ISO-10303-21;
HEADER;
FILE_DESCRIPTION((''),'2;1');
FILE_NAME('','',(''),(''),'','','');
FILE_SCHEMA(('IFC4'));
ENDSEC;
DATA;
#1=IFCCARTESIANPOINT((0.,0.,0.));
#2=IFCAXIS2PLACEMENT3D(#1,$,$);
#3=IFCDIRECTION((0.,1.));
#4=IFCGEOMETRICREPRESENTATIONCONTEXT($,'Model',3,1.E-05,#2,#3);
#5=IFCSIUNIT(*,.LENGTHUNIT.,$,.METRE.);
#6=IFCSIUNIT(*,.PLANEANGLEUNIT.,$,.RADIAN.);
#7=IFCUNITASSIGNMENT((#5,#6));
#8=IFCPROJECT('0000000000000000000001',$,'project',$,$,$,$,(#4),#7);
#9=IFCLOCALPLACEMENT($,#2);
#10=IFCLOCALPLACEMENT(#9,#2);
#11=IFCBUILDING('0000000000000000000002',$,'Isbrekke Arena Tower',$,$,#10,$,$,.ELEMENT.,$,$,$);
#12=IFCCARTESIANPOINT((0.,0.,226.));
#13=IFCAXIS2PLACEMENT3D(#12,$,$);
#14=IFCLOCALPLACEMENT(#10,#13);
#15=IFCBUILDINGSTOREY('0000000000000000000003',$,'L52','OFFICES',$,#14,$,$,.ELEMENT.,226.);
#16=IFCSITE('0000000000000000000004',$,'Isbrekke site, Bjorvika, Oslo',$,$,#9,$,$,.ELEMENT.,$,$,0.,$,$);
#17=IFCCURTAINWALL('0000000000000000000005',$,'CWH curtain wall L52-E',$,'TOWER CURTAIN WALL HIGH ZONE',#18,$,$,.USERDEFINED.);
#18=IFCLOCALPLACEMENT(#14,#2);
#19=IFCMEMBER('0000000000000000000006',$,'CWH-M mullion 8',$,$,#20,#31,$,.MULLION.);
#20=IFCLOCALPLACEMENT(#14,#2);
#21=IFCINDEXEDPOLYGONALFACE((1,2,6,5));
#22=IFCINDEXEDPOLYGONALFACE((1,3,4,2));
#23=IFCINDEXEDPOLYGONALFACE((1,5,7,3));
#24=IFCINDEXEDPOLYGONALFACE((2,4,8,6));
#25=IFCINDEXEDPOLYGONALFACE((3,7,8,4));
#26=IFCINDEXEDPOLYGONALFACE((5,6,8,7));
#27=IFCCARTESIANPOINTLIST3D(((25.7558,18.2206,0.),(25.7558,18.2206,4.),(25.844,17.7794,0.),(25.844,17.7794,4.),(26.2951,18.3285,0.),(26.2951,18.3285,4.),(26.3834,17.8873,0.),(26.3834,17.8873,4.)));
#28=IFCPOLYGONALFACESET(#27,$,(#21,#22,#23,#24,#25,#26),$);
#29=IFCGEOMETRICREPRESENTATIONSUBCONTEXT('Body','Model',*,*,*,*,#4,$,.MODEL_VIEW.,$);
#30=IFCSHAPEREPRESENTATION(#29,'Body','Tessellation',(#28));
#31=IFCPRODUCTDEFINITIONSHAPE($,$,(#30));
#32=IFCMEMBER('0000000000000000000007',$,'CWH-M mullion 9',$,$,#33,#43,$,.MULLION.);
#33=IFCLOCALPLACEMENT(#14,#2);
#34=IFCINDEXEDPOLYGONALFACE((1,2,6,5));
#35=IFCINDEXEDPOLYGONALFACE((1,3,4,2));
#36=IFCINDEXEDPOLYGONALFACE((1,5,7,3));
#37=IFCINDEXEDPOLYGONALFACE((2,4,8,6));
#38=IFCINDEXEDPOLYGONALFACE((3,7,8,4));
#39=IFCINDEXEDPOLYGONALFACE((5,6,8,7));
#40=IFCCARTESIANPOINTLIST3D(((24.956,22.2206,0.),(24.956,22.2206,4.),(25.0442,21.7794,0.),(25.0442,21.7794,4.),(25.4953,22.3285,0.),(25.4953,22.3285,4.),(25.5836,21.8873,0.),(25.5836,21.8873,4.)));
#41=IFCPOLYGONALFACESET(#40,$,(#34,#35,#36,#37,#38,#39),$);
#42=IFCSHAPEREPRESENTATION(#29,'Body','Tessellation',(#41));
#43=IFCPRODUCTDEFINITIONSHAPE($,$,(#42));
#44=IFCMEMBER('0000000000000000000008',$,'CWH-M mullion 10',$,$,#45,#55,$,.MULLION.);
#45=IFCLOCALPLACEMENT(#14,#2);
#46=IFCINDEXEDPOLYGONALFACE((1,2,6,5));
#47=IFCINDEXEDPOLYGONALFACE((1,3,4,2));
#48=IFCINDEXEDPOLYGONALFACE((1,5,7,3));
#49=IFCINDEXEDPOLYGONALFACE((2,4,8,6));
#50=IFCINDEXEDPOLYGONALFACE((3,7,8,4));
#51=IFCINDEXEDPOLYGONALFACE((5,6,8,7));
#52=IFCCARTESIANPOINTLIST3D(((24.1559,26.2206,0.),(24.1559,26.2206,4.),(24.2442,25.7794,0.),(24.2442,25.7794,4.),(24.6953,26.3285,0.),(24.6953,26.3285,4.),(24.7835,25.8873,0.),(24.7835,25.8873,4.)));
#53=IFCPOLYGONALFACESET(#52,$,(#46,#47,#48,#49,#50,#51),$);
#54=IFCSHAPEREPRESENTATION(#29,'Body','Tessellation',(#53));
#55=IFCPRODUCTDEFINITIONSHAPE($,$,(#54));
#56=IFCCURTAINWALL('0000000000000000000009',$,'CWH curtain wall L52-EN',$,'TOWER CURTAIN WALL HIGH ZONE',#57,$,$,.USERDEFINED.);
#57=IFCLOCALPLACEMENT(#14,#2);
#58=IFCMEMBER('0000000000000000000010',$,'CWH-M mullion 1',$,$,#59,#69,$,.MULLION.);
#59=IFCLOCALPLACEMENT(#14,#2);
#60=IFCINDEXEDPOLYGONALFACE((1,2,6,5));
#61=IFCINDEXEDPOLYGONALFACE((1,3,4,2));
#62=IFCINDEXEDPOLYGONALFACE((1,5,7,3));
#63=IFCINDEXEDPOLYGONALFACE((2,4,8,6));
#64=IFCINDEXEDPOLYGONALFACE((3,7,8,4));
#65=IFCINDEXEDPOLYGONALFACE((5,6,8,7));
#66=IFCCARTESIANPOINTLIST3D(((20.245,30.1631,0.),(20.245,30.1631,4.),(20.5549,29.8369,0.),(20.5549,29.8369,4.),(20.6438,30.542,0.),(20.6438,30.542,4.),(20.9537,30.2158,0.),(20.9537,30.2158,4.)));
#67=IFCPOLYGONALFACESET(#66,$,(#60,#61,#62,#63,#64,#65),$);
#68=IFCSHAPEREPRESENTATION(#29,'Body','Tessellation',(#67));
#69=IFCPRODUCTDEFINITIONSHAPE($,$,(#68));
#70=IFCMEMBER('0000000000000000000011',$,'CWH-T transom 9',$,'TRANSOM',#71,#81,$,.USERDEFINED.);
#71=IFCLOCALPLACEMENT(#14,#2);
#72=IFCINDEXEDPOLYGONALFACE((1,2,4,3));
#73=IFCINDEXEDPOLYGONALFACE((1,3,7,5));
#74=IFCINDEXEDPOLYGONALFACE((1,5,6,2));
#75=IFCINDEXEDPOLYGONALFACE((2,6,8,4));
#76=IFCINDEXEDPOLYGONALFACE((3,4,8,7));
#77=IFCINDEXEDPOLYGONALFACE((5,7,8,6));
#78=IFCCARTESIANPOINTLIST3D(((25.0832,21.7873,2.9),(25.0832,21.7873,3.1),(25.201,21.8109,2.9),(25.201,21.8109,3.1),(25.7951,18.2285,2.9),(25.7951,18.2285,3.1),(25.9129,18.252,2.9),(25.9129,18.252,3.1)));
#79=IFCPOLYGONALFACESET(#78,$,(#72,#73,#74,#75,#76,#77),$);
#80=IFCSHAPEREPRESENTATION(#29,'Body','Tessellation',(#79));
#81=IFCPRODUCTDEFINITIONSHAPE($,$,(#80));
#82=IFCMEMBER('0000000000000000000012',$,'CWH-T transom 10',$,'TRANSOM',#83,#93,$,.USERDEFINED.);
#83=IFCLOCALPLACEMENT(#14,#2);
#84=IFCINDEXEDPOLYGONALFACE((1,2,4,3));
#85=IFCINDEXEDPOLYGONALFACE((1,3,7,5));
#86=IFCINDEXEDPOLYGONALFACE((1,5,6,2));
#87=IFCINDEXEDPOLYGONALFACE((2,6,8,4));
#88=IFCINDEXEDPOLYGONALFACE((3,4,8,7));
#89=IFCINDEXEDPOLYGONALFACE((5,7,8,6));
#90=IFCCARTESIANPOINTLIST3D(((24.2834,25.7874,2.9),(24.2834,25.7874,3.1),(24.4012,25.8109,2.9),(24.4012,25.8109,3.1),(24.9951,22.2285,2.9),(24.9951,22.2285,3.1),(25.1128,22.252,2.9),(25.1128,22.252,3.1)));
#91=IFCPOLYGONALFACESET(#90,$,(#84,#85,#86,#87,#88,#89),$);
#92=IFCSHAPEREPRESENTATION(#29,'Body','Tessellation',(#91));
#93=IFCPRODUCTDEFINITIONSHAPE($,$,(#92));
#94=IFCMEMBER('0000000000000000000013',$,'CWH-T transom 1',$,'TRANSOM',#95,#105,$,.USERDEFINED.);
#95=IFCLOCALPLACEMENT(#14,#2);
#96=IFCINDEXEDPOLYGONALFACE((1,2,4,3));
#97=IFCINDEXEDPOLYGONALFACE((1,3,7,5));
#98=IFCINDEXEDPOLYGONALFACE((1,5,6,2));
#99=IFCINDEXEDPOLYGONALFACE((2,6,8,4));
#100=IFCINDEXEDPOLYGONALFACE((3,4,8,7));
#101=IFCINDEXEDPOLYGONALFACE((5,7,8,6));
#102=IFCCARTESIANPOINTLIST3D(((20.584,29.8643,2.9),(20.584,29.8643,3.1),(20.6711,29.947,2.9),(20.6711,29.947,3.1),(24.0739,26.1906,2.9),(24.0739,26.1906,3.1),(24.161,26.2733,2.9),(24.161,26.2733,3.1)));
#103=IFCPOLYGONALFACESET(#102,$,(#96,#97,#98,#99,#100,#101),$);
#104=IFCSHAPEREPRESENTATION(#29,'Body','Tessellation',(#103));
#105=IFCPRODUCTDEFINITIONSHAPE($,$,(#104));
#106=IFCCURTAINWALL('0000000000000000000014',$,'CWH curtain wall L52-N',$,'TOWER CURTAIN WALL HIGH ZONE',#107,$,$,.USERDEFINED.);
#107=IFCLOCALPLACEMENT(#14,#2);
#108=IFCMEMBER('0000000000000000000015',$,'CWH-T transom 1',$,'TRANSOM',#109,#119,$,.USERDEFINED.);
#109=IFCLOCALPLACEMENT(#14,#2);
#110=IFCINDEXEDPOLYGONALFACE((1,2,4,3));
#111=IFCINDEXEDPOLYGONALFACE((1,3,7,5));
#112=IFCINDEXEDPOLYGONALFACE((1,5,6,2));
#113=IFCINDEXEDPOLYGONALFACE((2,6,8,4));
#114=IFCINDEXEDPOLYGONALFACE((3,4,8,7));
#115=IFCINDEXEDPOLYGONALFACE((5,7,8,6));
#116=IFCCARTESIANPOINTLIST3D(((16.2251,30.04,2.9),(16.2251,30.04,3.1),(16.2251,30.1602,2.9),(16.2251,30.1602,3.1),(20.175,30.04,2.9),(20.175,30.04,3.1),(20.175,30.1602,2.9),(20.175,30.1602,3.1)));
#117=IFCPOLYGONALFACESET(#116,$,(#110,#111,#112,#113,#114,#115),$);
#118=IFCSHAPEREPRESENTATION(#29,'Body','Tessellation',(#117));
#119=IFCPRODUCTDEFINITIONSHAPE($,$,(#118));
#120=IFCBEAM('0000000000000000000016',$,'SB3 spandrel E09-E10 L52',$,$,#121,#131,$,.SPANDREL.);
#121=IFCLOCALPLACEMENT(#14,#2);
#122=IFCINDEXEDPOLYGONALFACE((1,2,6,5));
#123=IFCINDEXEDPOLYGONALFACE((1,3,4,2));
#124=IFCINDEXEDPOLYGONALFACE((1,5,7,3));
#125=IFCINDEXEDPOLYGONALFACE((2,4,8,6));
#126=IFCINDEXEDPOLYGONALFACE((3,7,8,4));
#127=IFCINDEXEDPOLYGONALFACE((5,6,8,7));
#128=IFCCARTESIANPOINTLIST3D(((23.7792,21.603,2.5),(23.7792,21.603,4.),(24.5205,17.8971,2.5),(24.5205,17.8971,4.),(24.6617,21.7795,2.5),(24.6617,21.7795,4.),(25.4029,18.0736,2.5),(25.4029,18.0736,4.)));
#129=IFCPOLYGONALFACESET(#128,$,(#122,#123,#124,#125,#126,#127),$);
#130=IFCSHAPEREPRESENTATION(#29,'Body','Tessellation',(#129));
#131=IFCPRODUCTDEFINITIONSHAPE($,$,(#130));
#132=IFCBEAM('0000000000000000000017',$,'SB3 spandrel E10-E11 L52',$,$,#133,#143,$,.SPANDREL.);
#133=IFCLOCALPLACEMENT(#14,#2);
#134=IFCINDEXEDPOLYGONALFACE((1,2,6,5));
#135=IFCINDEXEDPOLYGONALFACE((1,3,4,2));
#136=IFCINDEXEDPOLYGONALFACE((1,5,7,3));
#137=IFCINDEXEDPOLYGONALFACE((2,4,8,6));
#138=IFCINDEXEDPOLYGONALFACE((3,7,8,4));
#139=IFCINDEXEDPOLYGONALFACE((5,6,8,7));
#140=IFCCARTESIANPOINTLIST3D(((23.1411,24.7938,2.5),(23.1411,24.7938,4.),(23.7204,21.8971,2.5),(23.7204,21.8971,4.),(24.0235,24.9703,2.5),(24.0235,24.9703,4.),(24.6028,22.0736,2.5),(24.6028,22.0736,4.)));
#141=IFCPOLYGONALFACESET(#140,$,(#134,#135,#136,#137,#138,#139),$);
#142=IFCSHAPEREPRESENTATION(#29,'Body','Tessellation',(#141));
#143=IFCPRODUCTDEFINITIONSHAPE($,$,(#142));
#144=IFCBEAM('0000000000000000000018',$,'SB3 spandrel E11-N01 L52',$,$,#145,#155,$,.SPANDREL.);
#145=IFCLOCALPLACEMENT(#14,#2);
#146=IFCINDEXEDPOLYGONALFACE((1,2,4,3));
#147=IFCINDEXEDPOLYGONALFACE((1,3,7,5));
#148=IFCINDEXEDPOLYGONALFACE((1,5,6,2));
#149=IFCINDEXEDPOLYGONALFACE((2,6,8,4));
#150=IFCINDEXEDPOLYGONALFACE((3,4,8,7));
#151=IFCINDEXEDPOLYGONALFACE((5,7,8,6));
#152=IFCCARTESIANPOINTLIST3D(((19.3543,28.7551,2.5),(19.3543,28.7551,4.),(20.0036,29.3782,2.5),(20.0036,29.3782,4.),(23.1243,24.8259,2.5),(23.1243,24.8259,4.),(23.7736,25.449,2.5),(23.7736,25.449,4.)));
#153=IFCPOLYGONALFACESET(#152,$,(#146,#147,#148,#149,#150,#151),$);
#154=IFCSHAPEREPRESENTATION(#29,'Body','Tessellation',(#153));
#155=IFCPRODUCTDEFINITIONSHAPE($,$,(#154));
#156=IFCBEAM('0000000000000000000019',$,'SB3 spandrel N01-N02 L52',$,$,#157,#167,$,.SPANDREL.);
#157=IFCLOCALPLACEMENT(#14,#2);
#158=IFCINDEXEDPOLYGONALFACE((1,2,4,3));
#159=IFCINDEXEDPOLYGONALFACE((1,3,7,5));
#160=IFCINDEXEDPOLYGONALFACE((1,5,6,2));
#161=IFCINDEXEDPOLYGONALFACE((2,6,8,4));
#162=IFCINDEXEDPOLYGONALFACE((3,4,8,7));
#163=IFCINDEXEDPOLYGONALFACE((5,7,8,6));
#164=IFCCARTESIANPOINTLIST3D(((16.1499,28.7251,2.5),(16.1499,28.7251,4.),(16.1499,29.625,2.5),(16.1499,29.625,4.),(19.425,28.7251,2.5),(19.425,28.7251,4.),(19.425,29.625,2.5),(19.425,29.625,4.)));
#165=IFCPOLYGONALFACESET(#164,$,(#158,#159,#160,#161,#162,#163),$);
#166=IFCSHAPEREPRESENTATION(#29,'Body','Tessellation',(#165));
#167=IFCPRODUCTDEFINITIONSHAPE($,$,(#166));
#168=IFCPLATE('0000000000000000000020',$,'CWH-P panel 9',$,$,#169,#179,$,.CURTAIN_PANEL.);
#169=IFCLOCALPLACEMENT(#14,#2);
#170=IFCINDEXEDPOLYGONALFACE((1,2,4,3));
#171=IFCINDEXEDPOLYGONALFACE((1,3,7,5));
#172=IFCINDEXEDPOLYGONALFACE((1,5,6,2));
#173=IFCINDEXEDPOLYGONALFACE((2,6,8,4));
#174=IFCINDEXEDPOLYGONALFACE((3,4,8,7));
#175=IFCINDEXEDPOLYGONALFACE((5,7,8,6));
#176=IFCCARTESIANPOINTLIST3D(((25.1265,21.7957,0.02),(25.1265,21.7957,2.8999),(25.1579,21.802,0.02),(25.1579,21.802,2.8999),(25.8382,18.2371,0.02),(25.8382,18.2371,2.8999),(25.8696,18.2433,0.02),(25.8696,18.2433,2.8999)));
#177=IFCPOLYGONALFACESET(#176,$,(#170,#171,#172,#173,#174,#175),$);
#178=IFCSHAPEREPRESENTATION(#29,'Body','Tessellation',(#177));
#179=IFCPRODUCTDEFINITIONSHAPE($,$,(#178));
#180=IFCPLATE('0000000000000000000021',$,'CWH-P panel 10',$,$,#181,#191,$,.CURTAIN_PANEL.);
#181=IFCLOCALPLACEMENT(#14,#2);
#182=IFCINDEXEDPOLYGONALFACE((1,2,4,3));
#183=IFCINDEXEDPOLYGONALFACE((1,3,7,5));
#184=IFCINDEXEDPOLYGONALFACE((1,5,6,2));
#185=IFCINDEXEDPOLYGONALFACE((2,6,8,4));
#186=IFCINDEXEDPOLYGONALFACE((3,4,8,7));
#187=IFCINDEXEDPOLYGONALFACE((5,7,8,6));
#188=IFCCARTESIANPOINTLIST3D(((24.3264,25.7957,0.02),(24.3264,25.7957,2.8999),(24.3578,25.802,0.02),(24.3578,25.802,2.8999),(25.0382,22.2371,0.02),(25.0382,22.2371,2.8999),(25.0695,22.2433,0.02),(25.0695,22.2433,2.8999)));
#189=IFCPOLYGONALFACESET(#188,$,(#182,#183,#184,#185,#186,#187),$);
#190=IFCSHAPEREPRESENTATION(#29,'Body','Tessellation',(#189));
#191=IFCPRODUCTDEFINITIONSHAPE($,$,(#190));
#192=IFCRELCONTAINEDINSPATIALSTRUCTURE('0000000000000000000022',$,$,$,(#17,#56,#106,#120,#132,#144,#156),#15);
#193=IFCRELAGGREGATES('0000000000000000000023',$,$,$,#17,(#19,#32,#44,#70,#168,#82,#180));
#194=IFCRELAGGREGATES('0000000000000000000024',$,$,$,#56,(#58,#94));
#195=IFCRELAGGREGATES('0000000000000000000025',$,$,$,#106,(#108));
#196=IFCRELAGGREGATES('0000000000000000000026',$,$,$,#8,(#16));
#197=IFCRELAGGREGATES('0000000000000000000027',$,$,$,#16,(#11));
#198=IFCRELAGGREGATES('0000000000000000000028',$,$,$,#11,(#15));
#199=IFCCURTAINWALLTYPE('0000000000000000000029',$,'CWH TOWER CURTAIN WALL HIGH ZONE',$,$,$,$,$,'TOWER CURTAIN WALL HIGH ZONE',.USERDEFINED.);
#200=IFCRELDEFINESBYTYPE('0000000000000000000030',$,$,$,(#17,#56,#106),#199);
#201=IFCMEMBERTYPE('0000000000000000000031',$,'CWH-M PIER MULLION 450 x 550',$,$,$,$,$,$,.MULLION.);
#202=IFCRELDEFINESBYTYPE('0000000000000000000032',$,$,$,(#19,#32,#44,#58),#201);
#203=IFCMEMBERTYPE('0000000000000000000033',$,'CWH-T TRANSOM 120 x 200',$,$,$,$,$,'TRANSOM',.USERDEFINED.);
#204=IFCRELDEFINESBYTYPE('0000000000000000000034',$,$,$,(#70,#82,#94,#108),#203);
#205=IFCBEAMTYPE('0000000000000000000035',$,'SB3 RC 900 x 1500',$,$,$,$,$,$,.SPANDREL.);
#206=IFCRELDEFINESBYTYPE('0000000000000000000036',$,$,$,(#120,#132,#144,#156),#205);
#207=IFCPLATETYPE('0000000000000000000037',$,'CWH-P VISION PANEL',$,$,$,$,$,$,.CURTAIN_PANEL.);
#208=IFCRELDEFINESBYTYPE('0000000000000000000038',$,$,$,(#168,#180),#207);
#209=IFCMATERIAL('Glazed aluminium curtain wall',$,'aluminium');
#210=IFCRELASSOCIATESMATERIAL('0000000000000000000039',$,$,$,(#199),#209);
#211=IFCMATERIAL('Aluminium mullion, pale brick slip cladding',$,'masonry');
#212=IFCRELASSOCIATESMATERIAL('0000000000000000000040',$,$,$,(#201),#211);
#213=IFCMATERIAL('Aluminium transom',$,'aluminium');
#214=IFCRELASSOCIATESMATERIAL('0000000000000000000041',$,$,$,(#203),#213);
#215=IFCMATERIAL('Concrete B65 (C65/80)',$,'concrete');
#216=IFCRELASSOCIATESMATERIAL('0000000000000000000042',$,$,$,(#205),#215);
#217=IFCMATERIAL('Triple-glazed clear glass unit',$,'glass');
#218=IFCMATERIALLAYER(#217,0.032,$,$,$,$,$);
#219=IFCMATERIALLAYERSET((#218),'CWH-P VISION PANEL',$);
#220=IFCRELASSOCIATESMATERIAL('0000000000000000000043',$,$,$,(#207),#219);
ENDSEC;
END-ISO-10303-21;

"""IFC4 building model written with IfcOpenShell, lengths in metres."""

from ifc_helpers import new_model, si_unit, direction, frame, origin, origin_2d, place, context, subcontext, project, spatial, rectangle, extrude, material, layer, layer_set, material_profile, profile_set, type_object, element, aggregate, save


model = new_model("IFC4")

# Units and contexts
model_context = context("Model", 3, precision=1e-05, world=origin(), true_north=direction((0.0, 1.0)))
body_context = subcontext(model_context, "Body", "Model", "MODEL_VIEW")
ifc_project = project(units=[si_unit("LENGTHUNIT", "METRE"), si_unit("PLANEANGLEUNIT", "RADIAN")], contexts=[model_context])

# Site, building, storey
site_placement = place(None, origin())
site = spatial("IfcSite", under=ifc_project, at=site_placement, Name="Isbrekke site, Bjorvika, Oslo", CompositionType="ELEMENT", RefElevation=0.0)
building_placement = place(site_placement, origin())
building = spatial("IfcBuilding", under=site, at=building_placement, Name="Isbrekke Arena Tower", CompositionType="ELEMENT")
storey_placement = place(building_placement, frame((0.0, 0.0, 226.0)))
storey = spatial("IfcBuildingStorey", under=building, at=storey_placement, Name="L52", Description="OFFICES", CompositionType="ELEMENT", Elevation=226.0)

# Curtain wall, members
ifc_material_1 = material(Name="Glazed aluminium curtain wall", Category="aluminium")
curtain_wall_type = type_object("IfcCurtainWallType", Name="CWH TOWER CURTAIN WALL HIGH ZONE", ElementType="TOWER CURTAIN WALL HIGH ZONE", PredefinedType="USERDEFINED", material=ifc_material_1)
curtain_wall_1_placement = place(storey_placement, origin())
curtain_wall_1 = element("IfcCurtainWall", 1, at=curtain_wall_1_placement, inside=storey, type_object=curtain_wall_type, Name="CWH curtain wall L52-E", ObjectType="TOWER CURTAIN WALL HIGH ZONE", PredefinedType="USERDEFINED")
ifc_material_2 = material(Name="Aluminium mullion, pale brick slip cladding", Category="masonry")
ifc_material_profile_1 = material_profile(ifc_material_2, rectangle(XDim=0.45, YDim=0.55, at=origin_2d()), Name="PIER 450X550")
ifc_profile_set_1 = profile_set([ifc_material_profile_1], Name="Aluminium mullion, pale brick slip cladding")
member_type_1 = type_object("IfcMemberType", Name="CWH-M PIER MULLION 450 x 550", PredefinedType="MULLION", material=ifc_profile_set_1)
member_1_placement = place(storey_placement, frame((26.0696, 18.054, 0.0), z_axis=(0.0, 0.0, 1.0), x_axis=(-0.196116, 0.980581, 0.0)))
member_1 = element("IfcMember", 2, at=member_1_placement, type_object=member_type_1, Name="CWH-M mullion 8", PredefinedType="MULLION", context=body_context, shape_type="SweptSolid", body=[
    extrude(rectangle(XDim=0.45, YDim=0.55, at=origin_2d()), origin(), (0.0, 0.0, 1.0), 4.0),
])
member_2_placement = place(storey_placement, frame((25.2698, 22.054, 0.0), z_axis=(0.0, 0.0, 1.0), x_axis=(-0.196116, 0.980581, 0.0)))
member_2 = element("IfcMember", 3, at=member_2_placement, type_object=member_type_1, Name="CWH-M mullion 9", PredefinedType="MULLION", context=body_context, shape_type="SweptSolid", body=[
    extrude(rectangle(XDim=0.45, YDim=0.55, at=origin_2d()), origin(), (0.0, 0.0, 1.0), 4.0),
])
member_3_placement = place(storey_placement, frame((24.4697, 26.054, 0.0), z_axis=(0.0, 0.0, 1.0), x_axis=(-0.196116, 0.980581, 0.0)))
member_3 = element("IfcMember", 4, at=member_3_placement, type_object=member_type_1, Name="CWH-M mullion 10", PredefinedType="MULLION", context=body_context, shape_type="SweptSolid", body=[
    extrude(rectangle(XDim=0.45, YDim=0.55, at=origin_2d()), origin(), (0.0, 0.0, 1.0), 4.0),
])

# Curtain wall, member
curtain_wall_2_placement = place(storey_placement, origin())
curtain_wall_2 = element("IfcCurtainWall", 5, at=curtain_wall_2_placement, inside=storey, type_object=curtain_wall_type, Name="CWH curtain wall L52-EN", ObjectType="TOWER CURTAIN WALL HIGH ZONE", PredefinedType="USERDEFINED")
member_4_placement = place(storey_placement, frame((20.5994, 30.1895, 0.0), z_axis=(0.0, 0.0, 1.0), x_axis=(-0.688749, 0.724999, 0.0)))
member_4 = element("IfcMember", 6, at=member_4_placement, type_object=member_type_1, Name="CWH-M mullion 1", PredefinedType="MULLION", context=body_context, shape_type="SweptSolid", body=[
    extrude(rectangle(XDim=0.45, YDim=0.55, at=origin_2d()), origin(), (0.0, 0.0, 1.0), 4.0),
])

# Members
ifc_material_3 = material(Name="Aluminium transom", Category="aluminium")
ifc_material_profile_2 = material_profile(ifc_material_3, rectangle(XDim=0.1201, YDim=0.2, at=origin_2d()), Name="TRANSOM 120X200")
ifc_profile_set_2 = profile_set([ifc_material_profile_2], Name="Aluminium transom")
member_type_2 = type_object("IfcMemberType", Name="CWH-T TRANSOM 120 x 200", ElementType="TRANSOM", PredefinedType="USERDEFINED", material=ifc_profile_set_2)
member_5_placement = place(storey_placement, frame((25.854, 18.2402, 3.0), z_axis=(-0.196155, 0.980573, 0.0), x_axis=(-0.980573, -0.196155, 0.0)))
member_5 = element("IfcMember", 7, at=member_5_placement, type_object=member_type_2, Name="CWH-T transom 9", ObjectType="TRANSOM", PredefinedType="USERDEFINED", context=body_context, shape_type="SweptSolid", body=[
    extrude(rectangle(XDim=0.1201, YDim=0.2, at=origin_2d()), origin(), (0.0, 0.0, 1.0), 3.6294),
])
member_6_placement = place(storey_placement, frame((25.054, 22.2402, 3.0), z_axis=(-0.19609, 0.980586, 0.0), x_axis=(-0.980586, -0.19609, 0.0)))
member_6 = element("IfcMember", 8, at=member_6_placement, type_object=member_type_2, Name="CWH-T transom 10", ObjectType="TRANSOM", PredefinedType="USERDEFINED", context=body_context, shape_type="SweptSolid", body=[
    extrude(rectangle(XDim=0.1201, YDim=0.2, at=origin_2d()), origin(), (0.0, 0.0, 1.0), 3.6294),
])
member_7_placement = place(storey_placement, frame((24.1174, 26.2319, 3.0), z_axis=(-0.688734, 0.725014, 0.0), x_axis=(-0.725014, -0.688734, 0.0)))
member_7 = element("IfcMember", 9, at=member_7_placement, type_object=member_type_2, Name="CWH-T transom 1", ObjectType="TRANSOM", PredefinedType="USERDEFINED", context=body_context, shape_type="SweptSolid", body=[
    extrude(rectangle(XDim=0.1201, YDim=0.2, at=origin_2d()), origin(), (0.0, 0.0, 1.0), 5.0671),
])

# Curtain wall, member
curtain_wall_3_placement = place(storey_placement, origin())
curtain_wall_3 = element("IfcCurtainWall", 10, at=curtain_wall_3_placement, inside=storey, type_object=curtain_wall_type, Name="CWH curtain wall L52-N", ObjectType="TOWER CURTAIN WALL HIGH ZONE", PredefinedType="USERDEFINED")
member_8_placement = place(storey_placement, frame((20.175, 30.1001, 3.0), z_axis=(-1.0, 0.0, 0.0), x_axis=(0.0, -1.0, 0.0)))
member_8 = element("IfcMember", 11, at=member_8_placement, type_object=member_type_2, Name="CWH-T transom 1", ObjectType="TRANSOM", PredefinedType="USERDEFINED", context=body_context, shape_type="SweptSolid", body=[
    extrude(rectangle(XDim=0.1201, YDim=0.2, at=origin_2d()), origin(), (0.0, 0.0, 1.0), 3.95),
])

# Beams
ifc_material_4 = material(Name="Concrete B65 (C65/80)", Category="concrete")
ifc_material_profile_3 = material_profile(ifc_material_4, rectangle(XDim=0.8999, YDim=1.5, at=origin_2d()), Name="RC 900x1500")
ifc_profile_set_3 = profile_set([ifc_material_profile_3], Name="Concrete B65 (C65/80)")
beam_type_1 = type_object("IfcBeamType", Name="SB3 RC 900 x 1500", PredefinedType="SPANDREL", material=ifc_profile_set_3)
beam_1_placement = place(storey_placement, frame((24.9617, 17.9854, 3.25), z_axis=(-0.196129, 0.980578, 0.0), x_axis=(-0.980578, -0.196129, 0.0)))
element("IfcBeam", 12, at=beam_1_placement, inside=storey, type_object=beam_type_1, Name="SB3 spandrel E09-E10 L52", PredefinedType="SPANDREL", context=body_context, shape_type="SweptSolid", body=[
    extrude(rectangle(XDim=0.8999, YDim=1.5, at=origin_2d()), origin(), (0.0, 0.0, 1.0), 3.7793),
])
beam_2_placement = place(storey_placement, frame((24.1616, 21.9854, 3.25), z_axis=(-0.196116, 0.980581, 0.0), x_axis=(-0.980581, -0.196116, 0.0)))
element("IfcBeam", 13, at=beam_2_placement, inside=storey, type_object=beam_type_1, Name="SB3 spandrel E10-E11 L52", PredefinedType="SPANDREL", context=body_context, shape_type="SweptSolid", body=[
    extrude(rectangle(XDim=0.8999, YDim=1.5, at=origin_2d()), origin(), (0.0, 0.0, 1.0), 2.9541),
])
beam_3_placement = place(storey_placement, frame((23.449, 25.1375, 3.25), z_axis=(-0.69234, 0.721572, 0.0), x_axis=(-0.721572, -0.69234, 0.0)))
element("IfcBeam", 14, at=beam_3_placement, inside=storey, type_object=beam_type_1, Name="SB3 spandrel E11-N01 L52", PredefinedType="SPANDREL", context=body_context, shape_type="SweptSolid", body=[
    extrude(rectangle(XDim=0.8999, YDim=1.5, at=origin_2d()), origin(), (0.0, 0.0, 1.0), 5.4453),
])
beam_4_placement = place(storey_placement, frame((19.425, 29.175, 3.25), z_axis=(-1.0, 0.0, 0.0), x_axis=(0.0, -1.0, 0.0)))
element("IfcBeam", 15, at=beam_4_placement, inside=storey, type_object=beam_type_1, Name="SB3 spandrel N01-N02 L52", PredefinedType="SPANDREL", context=body_context, shape_type="SweptSolid", body=[
    extrude(rectangle(XDim=0.8999, YDim=1.5, at=origin_2d()), origin(), (0.0, 0.0, 1.0), 3.2751),
])

# Plates
ifc_material_5 = material(Name="Triple-glazed clear glass unit", Category="glass")
ifc_layer_1 = layer(ifc_material_5, 0.032)
ifc_layer_set_1 = layer_set([ifc_layer_1], Name="CWH-P VISION PANEL")
plate_type = type_object("IfcPlateType", Name="CWH-P VISION PANEL", PredefinedType="CURTAIN_PANEL", material=ifc_layer_set_1)
plate_1_placement = place(storey_placement, frame((25.498, 20.0195, 0.02), z_axis=(0.0, 0.0, 1.0), x_axis=(-0.196116, 0.980581, 0.0)))
plate_1 = element("IfcPlate", 16, at=plate_1_placement, type_object=plate_type, Name="CWH-P panel 9", PredefinedType="CURTAIN_PANEL", context=body_context, shape_type="SweptSolid", body=[
    extrude(rectangle(XDim=3.6292, YDim=0.032, at=origin_2d()), origin(), (0.0, 0.0, 1.0), 2.8799),
])
plate_2_placement = place(storey_placement, frame((24.698, 24.0195, 0.02), z_axis=(0.0, 0.0, 1.0), x_axis=(-0.196116, 0.980581, 0.0)))
plate_2 = element("IfcPlate", 17, at=plate_2_placement, type_object=plate_type, Name="CWH-P panel 10", PredefinedType="CURTAIN_PANEL", context=body_context, shape_type="SweptSolid", body=[
    extrude(rectangle(XDim=3.6292, YDim=0.032, at=origin_2d()), origin(), (0.0, 0.0, 1.0), 2.8799),
])
aggregate(curtain_wall_1, [member_1, member_2, member_3, member_5, plate_1, member_6, plate_2])
aggregate(curtain_wall_2, [member_4, member_7])
aggregate(curtain_wall_3, [member_8])

save(model, "model.ifc")
